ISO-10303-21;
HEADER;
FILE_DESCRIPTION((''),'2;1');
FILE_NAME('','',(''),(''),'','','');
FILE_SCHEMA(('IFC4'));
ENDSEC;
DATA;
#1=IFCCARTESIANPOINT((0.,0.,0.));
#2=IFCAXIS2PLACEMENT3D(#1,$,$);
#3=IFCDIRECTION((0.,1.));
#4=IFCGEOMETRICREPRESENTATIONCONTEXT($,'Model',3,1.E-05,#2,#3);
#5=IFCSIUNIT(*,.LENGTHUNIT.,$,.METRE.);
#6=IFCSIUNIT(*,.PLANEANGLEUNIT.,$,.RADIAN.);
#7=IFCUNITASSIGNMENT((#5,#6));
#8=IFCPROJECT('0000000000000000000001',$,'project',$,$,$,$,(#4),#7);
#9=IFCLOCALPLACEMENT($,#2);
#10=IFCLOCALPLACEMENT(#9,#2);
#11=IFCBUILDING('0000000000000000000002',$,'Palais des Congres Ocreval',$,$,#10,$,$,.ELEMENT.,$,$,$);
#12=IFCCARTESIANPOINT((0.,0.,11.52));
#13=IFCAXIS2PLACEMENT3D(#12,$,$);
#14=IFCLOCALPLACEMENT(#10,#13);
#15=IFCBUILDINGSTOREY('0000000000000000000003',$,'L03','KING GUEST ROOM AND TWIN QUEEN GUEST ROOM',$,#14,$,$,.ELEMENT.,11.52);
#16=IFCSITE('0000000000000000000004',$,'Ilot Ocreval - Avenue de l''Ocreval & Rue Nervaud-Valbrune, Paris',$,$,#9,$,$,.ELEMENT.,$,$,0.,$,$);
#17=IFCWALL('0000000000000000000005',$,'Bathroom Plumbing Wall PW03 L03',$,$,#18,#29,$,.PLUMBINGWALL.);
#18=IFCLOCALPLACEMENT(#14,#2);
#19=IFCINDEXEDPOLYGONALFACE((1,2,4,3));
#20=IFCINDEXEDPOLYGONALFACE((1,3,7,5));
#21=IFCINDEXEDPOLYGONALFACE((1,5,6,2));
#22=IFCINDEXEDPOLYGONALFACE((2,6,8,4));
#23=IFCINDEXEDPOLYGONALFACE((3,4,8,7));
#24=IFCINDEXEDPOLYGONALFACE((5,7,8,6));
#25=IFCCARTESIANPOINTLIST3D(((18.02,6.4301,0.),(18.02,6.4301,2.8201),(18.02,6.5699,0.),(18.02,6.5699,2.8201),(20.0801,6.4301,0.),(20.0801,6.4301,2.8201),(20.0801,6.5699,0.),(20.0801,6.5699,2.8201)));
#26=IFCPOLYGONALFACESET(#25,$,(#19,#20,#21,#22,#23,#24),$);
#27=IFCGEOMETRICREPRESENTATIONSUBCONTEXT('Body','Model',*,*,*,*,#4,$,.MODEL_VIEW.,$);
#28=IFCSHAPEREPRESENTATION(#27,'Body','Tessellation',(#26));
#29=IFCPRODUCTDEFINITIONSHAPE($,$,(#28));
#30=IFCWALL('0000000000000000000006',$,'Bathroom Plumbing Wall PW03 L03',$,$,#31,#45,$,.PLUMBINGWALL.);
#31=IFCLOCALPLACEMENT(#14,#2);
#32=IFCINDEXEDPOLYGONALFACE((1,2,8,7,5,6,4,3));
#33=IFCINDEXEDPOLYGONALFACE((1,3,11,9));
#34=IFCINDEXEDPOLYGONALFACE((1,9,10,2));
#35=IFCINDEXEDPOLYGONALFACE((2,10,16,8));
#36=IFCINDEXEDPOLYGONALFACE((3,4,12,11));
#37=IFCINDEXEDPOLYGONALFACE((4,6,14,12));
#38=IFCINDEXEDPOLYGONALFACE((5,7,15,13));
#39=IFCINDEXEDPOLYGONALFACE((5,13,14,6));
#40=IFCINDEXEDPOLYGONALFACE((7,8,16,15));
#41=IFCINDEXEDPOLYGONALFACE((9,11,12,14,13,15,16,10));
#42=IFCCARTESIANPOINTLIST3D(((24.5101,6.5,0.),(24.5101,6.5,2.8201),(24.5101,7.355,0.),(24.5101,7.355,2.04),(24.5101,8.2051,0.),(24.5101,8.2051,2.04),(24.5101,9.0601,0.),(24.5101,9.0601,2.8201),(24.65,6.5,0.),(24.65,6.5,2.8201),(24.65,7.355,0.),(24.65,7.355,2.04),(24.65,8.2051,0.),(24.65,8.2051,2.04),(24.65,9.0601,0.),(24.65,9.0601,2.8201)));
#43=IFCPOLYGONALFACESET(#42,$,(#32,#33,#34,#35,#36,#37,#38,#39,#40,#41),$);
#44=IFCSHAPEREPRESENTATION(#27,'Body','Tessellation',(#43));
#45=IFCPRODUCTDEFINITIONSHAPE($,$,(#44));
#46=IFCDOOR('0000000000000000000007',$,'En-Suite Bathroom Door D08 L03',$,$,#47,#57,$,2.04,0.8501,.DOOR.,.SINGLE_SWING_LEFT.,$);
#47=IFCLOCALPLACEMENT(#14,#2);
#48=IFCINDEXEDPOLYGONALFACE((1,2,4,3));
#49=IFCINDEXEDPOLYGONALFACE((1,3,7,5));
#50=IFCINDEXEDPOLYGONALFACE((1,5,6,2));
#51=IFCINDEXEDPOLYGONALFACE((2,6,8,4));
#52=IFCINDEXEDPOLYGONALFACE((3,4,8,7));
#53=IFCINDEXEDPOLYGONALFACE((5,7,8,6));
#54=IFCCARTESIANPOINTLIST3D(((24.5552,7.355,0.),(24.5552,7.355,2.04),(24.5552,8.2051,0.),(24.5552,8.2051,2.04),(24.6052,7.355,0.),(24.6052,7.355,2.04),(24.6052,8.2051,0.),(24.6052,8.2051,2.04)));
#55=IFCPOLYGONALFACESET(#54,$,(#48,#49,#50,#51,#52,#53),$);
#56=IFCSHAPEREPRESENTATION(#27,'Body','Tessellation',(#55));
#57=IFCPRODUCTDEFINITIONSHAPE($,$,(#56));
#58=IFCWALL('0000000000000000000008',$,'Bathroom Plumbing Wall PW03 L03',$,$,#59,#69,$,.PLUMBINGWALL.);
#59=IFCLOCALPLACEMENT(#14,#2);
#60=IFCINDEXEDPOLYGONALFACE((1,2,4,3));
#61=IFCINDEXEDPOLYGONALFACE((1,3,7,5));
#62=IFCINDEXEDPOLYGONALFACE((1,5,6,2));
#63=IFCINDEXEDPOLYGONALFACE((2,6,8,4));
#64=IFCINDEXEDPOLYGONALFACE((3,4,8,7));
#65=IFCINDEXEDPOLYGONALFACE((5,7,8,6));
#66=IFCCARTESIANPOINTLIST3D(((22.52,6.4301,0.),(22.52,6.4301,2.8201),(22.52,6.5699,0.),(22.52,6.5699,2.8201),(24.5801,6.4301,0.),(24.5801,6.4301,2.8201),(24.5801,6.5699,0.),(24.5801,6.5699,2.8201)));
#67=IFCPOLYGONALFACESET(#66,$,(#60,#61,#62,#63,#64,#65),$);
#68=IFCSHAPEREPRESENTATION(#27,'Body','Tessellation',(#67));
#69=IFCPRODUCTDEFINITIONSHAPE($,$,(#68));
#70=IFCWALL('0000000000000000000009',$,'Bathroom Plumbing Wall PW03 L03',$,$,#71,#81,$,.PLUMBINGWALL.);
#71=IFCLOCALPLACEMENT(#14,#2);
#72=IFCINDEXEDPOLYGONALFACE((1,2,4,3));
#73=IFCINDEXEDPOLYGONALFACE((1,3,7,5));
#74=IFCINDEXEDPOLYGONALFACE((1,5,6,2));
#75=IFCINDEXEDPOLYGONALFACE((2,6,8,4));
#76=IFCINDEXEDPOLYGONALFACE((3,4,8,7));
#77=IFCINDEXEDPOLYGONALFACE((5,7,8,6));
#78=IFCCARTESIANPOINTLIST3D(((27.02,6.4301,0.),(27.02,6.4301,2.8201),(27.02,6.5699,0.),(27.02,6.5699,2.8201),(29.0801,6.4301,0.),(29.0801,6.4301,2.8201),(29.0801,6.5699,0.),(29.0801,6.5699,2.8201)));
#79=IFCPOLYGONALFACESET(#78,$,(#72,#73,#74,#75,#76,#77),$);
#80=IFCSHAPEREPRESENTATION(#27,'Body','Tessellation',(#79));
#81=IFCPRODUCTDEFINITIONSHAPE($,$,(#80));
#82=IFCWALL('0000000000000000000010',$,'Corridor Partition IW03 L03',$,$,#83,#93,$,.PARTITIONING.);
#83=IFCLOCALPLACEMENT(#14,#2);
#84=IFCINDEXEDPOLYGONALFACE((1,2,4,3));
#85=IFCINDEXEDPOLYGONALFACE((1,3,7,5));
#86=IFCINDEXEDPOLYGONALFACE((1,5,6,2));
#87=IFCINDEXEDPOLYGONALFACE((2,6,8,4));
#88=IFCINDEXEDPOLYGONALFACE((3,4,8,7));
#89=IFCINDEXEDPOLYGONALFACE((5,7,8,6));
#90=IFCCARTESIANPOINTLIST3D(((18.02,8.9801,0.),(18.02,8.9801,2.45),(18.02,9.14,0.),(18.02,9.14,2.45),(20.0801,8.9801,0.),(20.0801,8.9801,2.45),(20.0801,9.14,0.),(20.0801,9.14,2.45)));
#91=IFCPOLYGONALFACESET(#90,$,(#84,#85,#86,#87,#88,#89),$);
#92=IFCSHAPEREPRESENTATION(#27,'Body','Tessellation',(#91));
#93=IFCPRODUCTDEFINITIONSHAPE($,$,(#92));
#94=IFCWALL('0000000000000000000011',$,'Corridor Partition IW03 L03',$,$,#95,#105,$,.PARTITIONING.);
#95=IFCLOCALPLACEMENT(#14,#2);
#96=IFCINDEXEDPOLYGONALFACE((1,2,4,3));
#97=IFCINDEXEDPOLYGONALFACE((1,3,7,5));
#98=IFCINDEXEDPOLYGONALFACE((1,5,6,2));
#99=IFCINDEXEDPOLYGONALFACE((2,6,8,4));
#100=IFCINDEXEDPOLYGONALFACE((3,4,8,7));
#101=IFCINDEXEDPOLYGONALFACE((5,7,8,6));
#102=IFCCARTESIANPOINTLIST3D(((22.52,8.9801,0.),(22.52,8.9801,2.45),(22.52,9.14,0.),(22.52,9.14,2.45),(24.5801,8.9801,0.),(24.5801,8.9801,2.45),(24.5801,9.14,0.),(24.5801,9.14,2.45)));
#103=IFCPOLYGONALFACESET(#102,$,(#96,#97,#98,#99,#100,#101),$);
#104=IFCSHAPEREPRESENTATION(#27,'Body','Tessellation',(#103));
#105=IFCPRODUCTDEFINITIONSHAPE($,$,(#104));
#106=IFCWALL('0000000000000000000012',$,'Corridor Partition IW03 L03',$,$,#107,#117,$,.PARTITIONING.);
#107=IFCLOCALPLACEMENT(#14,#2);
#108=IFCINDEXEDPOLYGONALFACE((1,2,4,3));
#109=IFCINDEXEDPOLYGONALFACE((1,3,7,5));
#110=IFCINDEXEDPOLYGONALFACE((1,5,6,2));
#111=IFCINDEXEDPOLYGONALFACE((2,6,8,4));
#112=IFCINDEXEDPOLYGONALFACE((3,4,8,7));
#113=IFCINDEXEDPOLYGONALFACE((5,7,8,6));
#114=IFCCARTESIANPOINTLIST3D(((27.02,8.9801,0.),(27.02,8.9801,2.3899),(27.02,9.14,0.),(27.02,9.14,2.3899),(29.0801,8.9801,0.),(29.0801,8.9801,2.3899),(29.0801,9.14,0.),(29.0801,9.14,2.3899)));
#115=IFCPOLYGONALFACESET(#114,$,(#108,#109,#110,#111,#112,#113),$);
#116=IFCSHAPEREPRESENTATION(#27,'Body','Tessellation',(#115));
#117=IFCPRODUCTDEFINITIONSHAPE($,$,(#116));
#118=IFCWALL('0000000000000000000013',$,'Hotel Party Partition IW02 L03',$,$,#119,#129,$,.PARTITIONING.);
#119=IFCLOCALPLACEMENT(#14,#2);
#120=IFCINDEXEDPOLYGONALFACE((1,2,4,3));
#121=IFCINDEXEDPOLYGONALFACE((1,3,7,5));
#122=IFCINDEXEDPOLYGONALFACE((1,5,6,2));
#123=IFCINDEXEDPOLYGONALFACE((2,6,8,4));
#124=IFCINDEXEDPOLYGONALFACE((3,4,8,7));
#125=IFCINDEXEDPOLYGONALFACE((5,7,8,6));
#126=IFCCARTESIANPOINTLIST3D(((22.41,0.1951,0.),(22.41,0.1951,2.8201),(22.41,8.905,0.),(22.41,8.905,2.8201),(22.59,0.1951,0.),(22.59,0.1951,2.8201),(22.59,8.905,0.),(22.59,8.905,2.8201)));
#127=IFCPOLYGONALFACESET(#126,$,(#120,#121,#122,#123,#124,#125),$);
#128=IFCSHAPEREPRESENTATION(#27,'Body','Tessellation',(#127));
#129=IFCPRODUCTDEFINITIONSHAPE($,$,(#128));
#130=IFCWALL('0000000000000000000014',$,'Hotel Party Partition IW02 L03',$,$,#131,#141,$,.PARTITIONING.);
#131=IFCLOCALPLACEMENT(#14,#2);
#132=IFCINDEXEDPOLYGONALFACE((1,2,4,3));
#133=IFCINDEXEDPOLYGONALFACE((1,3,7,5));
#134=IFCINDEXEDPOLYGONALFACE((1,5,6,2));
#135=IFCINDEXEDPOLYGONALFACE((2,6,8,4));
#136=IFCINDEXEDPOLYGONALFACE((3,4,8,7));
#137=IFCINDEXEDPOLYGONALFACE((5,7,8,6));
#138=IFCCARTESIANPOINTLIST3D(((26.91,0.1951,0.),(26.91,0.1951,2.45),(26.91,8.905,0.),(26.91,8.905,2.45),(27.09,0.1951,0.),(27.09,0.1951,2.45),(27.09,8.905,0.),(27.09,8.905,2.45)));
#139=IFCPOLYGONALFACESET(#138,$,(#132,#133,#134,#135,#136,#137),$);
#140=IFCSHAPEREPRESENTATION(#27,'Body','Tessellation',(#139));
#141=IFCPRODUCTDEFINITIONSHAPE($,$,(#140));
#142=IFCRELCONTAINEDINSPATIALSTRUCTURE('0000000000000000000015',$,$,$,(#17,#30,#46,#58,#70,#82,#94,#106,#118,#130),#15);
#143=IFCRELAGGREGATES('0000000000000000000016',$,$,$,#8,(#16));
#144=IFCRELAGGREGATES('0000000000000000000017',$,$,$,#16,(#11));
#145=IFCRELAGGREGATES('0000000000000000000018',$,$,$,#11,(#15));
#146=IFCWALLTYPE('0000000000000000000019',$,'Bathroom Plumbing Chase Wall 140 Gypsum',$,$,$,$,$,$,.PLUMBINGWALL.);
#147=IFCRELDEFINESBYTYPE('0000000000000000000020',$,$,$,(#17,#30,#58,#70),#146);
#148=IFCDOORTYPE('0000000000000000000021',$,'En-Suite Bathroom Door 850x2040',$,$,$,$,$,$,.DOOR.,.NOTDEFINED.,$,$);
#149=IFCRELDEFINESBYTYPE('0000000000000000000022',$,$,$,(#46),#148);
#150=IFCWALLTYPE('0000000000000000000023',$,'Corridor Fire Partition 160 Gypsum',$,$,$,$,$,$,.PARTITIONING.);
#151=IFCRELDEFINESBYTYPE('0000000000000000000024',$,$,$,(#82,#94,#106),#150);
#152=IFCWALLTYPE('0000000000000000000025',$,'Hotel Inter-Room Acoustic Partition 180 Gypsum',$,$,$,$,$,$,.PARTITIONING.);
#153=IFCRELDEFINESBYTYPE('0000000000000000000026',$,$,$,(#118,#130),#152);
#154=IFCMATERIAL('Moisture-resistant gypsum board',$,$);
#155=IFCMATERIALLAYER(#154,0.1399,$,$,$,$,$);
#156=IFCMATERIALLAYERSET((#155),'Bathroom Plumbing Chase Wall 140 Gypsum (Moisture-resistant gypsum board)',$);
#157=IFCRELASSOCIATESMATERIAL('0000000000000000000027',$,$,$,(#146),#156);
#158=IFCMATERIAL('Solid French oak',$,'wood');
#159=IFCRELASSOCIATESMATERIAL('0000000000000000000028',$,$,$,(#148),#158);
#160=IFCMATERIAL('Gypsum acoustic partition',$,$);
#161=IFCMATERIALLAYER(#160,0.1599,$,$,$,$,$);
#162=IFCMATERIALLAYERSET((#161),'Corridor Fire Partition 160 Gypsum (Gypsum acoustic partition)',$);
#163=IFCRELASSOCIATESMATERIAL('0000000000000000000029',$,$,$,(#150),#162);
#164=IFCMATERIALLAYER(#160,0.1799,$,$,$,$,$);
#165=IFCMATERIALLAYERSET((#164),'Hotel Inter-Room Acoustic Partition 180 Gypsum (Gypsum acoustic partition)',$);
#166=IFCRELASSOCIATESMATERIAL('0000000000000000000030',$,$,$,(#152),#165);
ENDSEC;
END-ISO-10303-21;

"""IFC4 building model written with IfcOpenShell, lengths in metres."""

from ifc_helpers import new_model, si_unit, direction, frame, frame_2d, origin, place, context, subcontext, project, spatial, rectangle, extrude, material, layer, layer_set, type_object, element, fill, save


model = new_model("IFC4")

# Units and contexts
model_context = context("Model", 3, precision=1e-05, world=origin(), true_north=direction((0.0, 1.0)))
body_context = subcontext(model_context, "Body", "Model", "MODEL_VIEW")
ifc_project = project(units=[si_unit("LENGTHUNIT", "METRE"), si_unit("PLANEANGLEUNIT", "RADIAN")], contexts=[model_context])

# Site, building, storey
site_placement = place(None, origin())
site = spatial("IfcSite", under=ifc_project, at=site_placement, Name="Ilot Ocreval - Avenue de l'Ocreval & Rue Nervaud-Valbrune, Paris", CompositionType="ELEMENT", RefElevation=0.0)
building_placement = place(site_placement, origin())
building = spatial("IfcBuilding", under=site, at=building_placement, Name="Palais des Congres Ocreval", CompositionType="ELEMENT")
storey_placement = place(building_placement, frame((0.0, 0.0, 11.52)))
storey = spatial("IfcBuildingStorey", under=building, at=storey_placement, Name="L03", Description="KING GUEST ROOM AND TWIN QUEEN GUEST ROOM", CompositionType="ELEMENT", Elevation=11.52)

# Shared definitions
ifc_material_1 = material(Name="Moisture-resistant gypsum board")
ifc_layer_1 = layer(ifc_material_1, 0.1399)
ifc_layer_set_1 = layer_set([ifc_layer_1], Name="Bathroom Plumbing Chase Wall 140 Gypsum (Moisture-resistant gypsum board)")
wall_type_1 = type_object("IfcWallType", Name="Bathroom Plumbing Chase Wall 140 Gypsum", PredefinedType="PLUMBINGWALL", material=ifc_layer_set_1)
ifc_material_2 = material(Name="Solid French oak", Category="wood")
door_type_1 = type_object("IfcDoorType", Name="En-Suite Bathroom Door 850x2040", OperationType="NOTDEFINED", PredefinedType="DOOR", material=ifc_material_2)

# Wall
wall_1_placement = place(storey_placement, frame((18.02, 6.5, 0.0), z_axis=(0.0, 0.0, 1.0), x_axis=(1.0, 0.0, 0.0)))
element("IfcWall", 1, at=wall_1_placement, inside=storey, type_object=wall_type_1, Name="Bathroom Plumbing Wall PW03 L03", PredefinedType="PLUMBINGWALL", context=body_context, shape_type="SweptSolid", body=[
    extrude(rectangle(XDim=2.0601, YDim=0.1399, at=frame_2d((1.03, 0.0))), origin(), (0.0, 0.0, 1.0), 2.8201),
])

# Wall, opening, door
wall_2_placement = place(storey_placement, frame((24.5801, 6.5, 0.0), z_axis=(0.0, 0.0, 1.0), x_axis=(0.0, 1.0, 0.0)))
wall_2 = element("IfcWall", 2, at=wall_2_placement, inside=storey, type_object=wall_type_1, Name="Bathroom Plumbing Wall PW03 L03", PredefinedType="PLUMBINGWALL", context=body_context, shape_type="SweptSolid", body=[
    extrude(rectangle(XDim=2.5601, YDim=0.1399, at=frame_2d((1.28, 0.0))), origin(), (0.0, 0.0, 1.0), 2.8201),
])
opening_1_placement = place(wall_2_placement, frame((0.855, 0.0, 0.0)))
opening_1 = element("IfcOpeningElement", 3, at=opening_1_placement, cuts=wall_2, PredefinedType="OPENING", context=body_context, shape_type="SweptSolid", body=[
    extrude(rectangle(XDim=0.8501, YDim=2.04, at=frame_2d((0.425, 1.02))), frame((0.0, 0.0798, 0.0), z_axis=(0.0, -1.0, 0.0), x_axis=(1.0, 0.0, 0.0)), (0.0, 0.0, 1.0), 0.1599),
])
door_1_placement = place(opening_1_placement, origin())
door_1 = element("IfcDoor", 4, at=door_1_placement, inside=storey, type_object=door_type_1, Name="En-Suite Bathroom Door D08 L03", OperationType="SINGLE_SWING_LEFT", OverallHeight=2.04, OverallWidth=0.8501, PredefinedType="DOOR", context=body_context, shape_type="SweptSolid", body=[
    extrude(rectangle(XDim=0.8501, YDim=2.04, at=frame_2d((0.425, 1.02))), frame((0.0, 0.0249, 0.0), z_axis=(0.0, -1.0, 0.0), x_axis=(1.0, 0.0, 0.0)), (0.0, 0.0, 1.0), 0.05),
])
fill(opening_1, door_1)

# Walls
for number, where, z_axis, x_axis, name in (
    (5, (22.52, 6.5, 0.0), (0.0, 0.0, 1.0), (1.0, 0.0, 0.0), "Bathroom Plumbing Wall PW03 L03"),
    (6, (27.02, 6.5, 0.0), (0.0, 0.0, 1.0), (1.0, 0.0, 0.0), "Bathroom Plumbing Wall PW03 L03"),
):
    element("IfcWall", number, at=place(storey_placement, frame(where, z_axis=z_axis, x_axis=x_axis)), inside=storey, type_object=wall_type_1, Name=name, PredefinedType="PLUMBINGWALL", context=body_context, shape_type="SweptSolid", body=[
        extrude(rectangle(XDim=2.0601, YDim=0.1399, at=frame_2d((1.03, 0.0))), origin(), (0.0, 0.0, 1.0), 2.8201),
    ])
ifc_material_3 = material(Name="Gypsum acoustic partition")
ifc_layer_2 = layer(ifc_material_3, 0.1599)
ifc_layer_set_2 = layer_set([ifc_layer_2], Name="Corridor Fire Partition 160 Gypsum (Gypsum acoustic partition)")
wall_type_2 = type_object("IfcWallType", Name="Corridor Fire Partition 160 Gypsum", PredefinedType="PARTITIONING", material=ifc_layer_set_2)
for number, where, z_axis, x_axis, name in (
    (7, (18.02, 9.0601, 0.0), (0.0, 0.0, 1.0), (1.0, 0.0, 0.0), "Corridor Partition IW03 L03"),
    (8, (22.52, 9.0601, 0.0), (0.0, 0.0, 1.0), (1.0, 0.0, 0.0), "Corridor Partition IW03 L03"),
):
    element("IfcWall", number, at=place(storey_placement, frame(where, z_axis=z_axis, x_axis=x_axis)), inside=storey, type_object=wall_type_2, Name=name, PredefinedType="PARTITIONING", context=body_context, shape_type="SweptSolid", body=[
        extrude(rectangle(XDim=2.0601, YDim=0.1599, at=frame_2d((1.03, 0.0))), origin(), (0.0, 0.0, 1.0), 2.45),
    ])
wall_3_placement = place(storey_placement, frame((27.02, 9.0601, 0.0), z_axis=(0.0, 0.0, 1.0), x_axis=(1.0, 0.0, 0.0)))
element("IfcWall", 9, at=wall_3_placement, inside=storey, type_object=wall_type_2, Name="Corridor Partition IW03 L03", PredefinedType="PARTITIONING", context=body_context, shape_type="SweptSolid", body=[
    extrude(rectangle(XDim=2.0601, YDim=0.1599, at=frame_2d((1.03, 0.0))), origin(), (0.0, 0.0, 1.0), 2.3899),
])

# Walls
ifc_layer_3 = layer(ifc_material_3, 0.1799)
ifc_layer_set_3 = layer_set([ifc_layer_3], Name="Hotel Inter-Room Acoustic Partition 180 Gypsum (Gypsum acoustic partition)")
wall_type_3 = type_object("IfcWallType", Name="Hotel Inter-Room Acoustic Partition 180 Gypsum", PredefinedType="PARTITIONING", material=ifc_layer_set_3)
wall_4_placement = place(storey_placement, frame((22.5, 0.1951, 0.0), z_axis=(0.0, 0.0, 1.0), x_axis=(0.0, 1.0, 0.0)))
element("IfcWall", 10, at=wall_4_placement, inside=storey, type_object=wall_type_3, Name="Hotel Party Partition IW02 L03", PredefinedType="PARTITIONING", context=body_context, shape_type="SweptSolid", body=[
    extrude(rectangle(XDim=8.71, YDim=0.1799, at=frame_2d((4.355, 0.0))), origin(), (0.0, 0.0, 1.0), 2.8201),
])
wall_5_placement = place(storey_placement, frame((27.0, 0.1951, 0.0), z_axis=(0.0, 0.0, 1.0), x_axis=(0.0, 1.0, 0.0)))
element("IfcWall", 11, at=wall_5_placement, inside=storey, type_object=wall_type_3, Name="Hotel Party Partition IW02 L03", PredefinedType="PARTITIONING", context=body_context, shape_type="SweptSolid", body=[
    extrude(rectangle(XDim=8.71, YDim=0.1799, at=frame_2d((4.355, 0.0))), origin(), (0.0, 0.0, 1.0), 2.45),
])

save(model, "model.ifc")
